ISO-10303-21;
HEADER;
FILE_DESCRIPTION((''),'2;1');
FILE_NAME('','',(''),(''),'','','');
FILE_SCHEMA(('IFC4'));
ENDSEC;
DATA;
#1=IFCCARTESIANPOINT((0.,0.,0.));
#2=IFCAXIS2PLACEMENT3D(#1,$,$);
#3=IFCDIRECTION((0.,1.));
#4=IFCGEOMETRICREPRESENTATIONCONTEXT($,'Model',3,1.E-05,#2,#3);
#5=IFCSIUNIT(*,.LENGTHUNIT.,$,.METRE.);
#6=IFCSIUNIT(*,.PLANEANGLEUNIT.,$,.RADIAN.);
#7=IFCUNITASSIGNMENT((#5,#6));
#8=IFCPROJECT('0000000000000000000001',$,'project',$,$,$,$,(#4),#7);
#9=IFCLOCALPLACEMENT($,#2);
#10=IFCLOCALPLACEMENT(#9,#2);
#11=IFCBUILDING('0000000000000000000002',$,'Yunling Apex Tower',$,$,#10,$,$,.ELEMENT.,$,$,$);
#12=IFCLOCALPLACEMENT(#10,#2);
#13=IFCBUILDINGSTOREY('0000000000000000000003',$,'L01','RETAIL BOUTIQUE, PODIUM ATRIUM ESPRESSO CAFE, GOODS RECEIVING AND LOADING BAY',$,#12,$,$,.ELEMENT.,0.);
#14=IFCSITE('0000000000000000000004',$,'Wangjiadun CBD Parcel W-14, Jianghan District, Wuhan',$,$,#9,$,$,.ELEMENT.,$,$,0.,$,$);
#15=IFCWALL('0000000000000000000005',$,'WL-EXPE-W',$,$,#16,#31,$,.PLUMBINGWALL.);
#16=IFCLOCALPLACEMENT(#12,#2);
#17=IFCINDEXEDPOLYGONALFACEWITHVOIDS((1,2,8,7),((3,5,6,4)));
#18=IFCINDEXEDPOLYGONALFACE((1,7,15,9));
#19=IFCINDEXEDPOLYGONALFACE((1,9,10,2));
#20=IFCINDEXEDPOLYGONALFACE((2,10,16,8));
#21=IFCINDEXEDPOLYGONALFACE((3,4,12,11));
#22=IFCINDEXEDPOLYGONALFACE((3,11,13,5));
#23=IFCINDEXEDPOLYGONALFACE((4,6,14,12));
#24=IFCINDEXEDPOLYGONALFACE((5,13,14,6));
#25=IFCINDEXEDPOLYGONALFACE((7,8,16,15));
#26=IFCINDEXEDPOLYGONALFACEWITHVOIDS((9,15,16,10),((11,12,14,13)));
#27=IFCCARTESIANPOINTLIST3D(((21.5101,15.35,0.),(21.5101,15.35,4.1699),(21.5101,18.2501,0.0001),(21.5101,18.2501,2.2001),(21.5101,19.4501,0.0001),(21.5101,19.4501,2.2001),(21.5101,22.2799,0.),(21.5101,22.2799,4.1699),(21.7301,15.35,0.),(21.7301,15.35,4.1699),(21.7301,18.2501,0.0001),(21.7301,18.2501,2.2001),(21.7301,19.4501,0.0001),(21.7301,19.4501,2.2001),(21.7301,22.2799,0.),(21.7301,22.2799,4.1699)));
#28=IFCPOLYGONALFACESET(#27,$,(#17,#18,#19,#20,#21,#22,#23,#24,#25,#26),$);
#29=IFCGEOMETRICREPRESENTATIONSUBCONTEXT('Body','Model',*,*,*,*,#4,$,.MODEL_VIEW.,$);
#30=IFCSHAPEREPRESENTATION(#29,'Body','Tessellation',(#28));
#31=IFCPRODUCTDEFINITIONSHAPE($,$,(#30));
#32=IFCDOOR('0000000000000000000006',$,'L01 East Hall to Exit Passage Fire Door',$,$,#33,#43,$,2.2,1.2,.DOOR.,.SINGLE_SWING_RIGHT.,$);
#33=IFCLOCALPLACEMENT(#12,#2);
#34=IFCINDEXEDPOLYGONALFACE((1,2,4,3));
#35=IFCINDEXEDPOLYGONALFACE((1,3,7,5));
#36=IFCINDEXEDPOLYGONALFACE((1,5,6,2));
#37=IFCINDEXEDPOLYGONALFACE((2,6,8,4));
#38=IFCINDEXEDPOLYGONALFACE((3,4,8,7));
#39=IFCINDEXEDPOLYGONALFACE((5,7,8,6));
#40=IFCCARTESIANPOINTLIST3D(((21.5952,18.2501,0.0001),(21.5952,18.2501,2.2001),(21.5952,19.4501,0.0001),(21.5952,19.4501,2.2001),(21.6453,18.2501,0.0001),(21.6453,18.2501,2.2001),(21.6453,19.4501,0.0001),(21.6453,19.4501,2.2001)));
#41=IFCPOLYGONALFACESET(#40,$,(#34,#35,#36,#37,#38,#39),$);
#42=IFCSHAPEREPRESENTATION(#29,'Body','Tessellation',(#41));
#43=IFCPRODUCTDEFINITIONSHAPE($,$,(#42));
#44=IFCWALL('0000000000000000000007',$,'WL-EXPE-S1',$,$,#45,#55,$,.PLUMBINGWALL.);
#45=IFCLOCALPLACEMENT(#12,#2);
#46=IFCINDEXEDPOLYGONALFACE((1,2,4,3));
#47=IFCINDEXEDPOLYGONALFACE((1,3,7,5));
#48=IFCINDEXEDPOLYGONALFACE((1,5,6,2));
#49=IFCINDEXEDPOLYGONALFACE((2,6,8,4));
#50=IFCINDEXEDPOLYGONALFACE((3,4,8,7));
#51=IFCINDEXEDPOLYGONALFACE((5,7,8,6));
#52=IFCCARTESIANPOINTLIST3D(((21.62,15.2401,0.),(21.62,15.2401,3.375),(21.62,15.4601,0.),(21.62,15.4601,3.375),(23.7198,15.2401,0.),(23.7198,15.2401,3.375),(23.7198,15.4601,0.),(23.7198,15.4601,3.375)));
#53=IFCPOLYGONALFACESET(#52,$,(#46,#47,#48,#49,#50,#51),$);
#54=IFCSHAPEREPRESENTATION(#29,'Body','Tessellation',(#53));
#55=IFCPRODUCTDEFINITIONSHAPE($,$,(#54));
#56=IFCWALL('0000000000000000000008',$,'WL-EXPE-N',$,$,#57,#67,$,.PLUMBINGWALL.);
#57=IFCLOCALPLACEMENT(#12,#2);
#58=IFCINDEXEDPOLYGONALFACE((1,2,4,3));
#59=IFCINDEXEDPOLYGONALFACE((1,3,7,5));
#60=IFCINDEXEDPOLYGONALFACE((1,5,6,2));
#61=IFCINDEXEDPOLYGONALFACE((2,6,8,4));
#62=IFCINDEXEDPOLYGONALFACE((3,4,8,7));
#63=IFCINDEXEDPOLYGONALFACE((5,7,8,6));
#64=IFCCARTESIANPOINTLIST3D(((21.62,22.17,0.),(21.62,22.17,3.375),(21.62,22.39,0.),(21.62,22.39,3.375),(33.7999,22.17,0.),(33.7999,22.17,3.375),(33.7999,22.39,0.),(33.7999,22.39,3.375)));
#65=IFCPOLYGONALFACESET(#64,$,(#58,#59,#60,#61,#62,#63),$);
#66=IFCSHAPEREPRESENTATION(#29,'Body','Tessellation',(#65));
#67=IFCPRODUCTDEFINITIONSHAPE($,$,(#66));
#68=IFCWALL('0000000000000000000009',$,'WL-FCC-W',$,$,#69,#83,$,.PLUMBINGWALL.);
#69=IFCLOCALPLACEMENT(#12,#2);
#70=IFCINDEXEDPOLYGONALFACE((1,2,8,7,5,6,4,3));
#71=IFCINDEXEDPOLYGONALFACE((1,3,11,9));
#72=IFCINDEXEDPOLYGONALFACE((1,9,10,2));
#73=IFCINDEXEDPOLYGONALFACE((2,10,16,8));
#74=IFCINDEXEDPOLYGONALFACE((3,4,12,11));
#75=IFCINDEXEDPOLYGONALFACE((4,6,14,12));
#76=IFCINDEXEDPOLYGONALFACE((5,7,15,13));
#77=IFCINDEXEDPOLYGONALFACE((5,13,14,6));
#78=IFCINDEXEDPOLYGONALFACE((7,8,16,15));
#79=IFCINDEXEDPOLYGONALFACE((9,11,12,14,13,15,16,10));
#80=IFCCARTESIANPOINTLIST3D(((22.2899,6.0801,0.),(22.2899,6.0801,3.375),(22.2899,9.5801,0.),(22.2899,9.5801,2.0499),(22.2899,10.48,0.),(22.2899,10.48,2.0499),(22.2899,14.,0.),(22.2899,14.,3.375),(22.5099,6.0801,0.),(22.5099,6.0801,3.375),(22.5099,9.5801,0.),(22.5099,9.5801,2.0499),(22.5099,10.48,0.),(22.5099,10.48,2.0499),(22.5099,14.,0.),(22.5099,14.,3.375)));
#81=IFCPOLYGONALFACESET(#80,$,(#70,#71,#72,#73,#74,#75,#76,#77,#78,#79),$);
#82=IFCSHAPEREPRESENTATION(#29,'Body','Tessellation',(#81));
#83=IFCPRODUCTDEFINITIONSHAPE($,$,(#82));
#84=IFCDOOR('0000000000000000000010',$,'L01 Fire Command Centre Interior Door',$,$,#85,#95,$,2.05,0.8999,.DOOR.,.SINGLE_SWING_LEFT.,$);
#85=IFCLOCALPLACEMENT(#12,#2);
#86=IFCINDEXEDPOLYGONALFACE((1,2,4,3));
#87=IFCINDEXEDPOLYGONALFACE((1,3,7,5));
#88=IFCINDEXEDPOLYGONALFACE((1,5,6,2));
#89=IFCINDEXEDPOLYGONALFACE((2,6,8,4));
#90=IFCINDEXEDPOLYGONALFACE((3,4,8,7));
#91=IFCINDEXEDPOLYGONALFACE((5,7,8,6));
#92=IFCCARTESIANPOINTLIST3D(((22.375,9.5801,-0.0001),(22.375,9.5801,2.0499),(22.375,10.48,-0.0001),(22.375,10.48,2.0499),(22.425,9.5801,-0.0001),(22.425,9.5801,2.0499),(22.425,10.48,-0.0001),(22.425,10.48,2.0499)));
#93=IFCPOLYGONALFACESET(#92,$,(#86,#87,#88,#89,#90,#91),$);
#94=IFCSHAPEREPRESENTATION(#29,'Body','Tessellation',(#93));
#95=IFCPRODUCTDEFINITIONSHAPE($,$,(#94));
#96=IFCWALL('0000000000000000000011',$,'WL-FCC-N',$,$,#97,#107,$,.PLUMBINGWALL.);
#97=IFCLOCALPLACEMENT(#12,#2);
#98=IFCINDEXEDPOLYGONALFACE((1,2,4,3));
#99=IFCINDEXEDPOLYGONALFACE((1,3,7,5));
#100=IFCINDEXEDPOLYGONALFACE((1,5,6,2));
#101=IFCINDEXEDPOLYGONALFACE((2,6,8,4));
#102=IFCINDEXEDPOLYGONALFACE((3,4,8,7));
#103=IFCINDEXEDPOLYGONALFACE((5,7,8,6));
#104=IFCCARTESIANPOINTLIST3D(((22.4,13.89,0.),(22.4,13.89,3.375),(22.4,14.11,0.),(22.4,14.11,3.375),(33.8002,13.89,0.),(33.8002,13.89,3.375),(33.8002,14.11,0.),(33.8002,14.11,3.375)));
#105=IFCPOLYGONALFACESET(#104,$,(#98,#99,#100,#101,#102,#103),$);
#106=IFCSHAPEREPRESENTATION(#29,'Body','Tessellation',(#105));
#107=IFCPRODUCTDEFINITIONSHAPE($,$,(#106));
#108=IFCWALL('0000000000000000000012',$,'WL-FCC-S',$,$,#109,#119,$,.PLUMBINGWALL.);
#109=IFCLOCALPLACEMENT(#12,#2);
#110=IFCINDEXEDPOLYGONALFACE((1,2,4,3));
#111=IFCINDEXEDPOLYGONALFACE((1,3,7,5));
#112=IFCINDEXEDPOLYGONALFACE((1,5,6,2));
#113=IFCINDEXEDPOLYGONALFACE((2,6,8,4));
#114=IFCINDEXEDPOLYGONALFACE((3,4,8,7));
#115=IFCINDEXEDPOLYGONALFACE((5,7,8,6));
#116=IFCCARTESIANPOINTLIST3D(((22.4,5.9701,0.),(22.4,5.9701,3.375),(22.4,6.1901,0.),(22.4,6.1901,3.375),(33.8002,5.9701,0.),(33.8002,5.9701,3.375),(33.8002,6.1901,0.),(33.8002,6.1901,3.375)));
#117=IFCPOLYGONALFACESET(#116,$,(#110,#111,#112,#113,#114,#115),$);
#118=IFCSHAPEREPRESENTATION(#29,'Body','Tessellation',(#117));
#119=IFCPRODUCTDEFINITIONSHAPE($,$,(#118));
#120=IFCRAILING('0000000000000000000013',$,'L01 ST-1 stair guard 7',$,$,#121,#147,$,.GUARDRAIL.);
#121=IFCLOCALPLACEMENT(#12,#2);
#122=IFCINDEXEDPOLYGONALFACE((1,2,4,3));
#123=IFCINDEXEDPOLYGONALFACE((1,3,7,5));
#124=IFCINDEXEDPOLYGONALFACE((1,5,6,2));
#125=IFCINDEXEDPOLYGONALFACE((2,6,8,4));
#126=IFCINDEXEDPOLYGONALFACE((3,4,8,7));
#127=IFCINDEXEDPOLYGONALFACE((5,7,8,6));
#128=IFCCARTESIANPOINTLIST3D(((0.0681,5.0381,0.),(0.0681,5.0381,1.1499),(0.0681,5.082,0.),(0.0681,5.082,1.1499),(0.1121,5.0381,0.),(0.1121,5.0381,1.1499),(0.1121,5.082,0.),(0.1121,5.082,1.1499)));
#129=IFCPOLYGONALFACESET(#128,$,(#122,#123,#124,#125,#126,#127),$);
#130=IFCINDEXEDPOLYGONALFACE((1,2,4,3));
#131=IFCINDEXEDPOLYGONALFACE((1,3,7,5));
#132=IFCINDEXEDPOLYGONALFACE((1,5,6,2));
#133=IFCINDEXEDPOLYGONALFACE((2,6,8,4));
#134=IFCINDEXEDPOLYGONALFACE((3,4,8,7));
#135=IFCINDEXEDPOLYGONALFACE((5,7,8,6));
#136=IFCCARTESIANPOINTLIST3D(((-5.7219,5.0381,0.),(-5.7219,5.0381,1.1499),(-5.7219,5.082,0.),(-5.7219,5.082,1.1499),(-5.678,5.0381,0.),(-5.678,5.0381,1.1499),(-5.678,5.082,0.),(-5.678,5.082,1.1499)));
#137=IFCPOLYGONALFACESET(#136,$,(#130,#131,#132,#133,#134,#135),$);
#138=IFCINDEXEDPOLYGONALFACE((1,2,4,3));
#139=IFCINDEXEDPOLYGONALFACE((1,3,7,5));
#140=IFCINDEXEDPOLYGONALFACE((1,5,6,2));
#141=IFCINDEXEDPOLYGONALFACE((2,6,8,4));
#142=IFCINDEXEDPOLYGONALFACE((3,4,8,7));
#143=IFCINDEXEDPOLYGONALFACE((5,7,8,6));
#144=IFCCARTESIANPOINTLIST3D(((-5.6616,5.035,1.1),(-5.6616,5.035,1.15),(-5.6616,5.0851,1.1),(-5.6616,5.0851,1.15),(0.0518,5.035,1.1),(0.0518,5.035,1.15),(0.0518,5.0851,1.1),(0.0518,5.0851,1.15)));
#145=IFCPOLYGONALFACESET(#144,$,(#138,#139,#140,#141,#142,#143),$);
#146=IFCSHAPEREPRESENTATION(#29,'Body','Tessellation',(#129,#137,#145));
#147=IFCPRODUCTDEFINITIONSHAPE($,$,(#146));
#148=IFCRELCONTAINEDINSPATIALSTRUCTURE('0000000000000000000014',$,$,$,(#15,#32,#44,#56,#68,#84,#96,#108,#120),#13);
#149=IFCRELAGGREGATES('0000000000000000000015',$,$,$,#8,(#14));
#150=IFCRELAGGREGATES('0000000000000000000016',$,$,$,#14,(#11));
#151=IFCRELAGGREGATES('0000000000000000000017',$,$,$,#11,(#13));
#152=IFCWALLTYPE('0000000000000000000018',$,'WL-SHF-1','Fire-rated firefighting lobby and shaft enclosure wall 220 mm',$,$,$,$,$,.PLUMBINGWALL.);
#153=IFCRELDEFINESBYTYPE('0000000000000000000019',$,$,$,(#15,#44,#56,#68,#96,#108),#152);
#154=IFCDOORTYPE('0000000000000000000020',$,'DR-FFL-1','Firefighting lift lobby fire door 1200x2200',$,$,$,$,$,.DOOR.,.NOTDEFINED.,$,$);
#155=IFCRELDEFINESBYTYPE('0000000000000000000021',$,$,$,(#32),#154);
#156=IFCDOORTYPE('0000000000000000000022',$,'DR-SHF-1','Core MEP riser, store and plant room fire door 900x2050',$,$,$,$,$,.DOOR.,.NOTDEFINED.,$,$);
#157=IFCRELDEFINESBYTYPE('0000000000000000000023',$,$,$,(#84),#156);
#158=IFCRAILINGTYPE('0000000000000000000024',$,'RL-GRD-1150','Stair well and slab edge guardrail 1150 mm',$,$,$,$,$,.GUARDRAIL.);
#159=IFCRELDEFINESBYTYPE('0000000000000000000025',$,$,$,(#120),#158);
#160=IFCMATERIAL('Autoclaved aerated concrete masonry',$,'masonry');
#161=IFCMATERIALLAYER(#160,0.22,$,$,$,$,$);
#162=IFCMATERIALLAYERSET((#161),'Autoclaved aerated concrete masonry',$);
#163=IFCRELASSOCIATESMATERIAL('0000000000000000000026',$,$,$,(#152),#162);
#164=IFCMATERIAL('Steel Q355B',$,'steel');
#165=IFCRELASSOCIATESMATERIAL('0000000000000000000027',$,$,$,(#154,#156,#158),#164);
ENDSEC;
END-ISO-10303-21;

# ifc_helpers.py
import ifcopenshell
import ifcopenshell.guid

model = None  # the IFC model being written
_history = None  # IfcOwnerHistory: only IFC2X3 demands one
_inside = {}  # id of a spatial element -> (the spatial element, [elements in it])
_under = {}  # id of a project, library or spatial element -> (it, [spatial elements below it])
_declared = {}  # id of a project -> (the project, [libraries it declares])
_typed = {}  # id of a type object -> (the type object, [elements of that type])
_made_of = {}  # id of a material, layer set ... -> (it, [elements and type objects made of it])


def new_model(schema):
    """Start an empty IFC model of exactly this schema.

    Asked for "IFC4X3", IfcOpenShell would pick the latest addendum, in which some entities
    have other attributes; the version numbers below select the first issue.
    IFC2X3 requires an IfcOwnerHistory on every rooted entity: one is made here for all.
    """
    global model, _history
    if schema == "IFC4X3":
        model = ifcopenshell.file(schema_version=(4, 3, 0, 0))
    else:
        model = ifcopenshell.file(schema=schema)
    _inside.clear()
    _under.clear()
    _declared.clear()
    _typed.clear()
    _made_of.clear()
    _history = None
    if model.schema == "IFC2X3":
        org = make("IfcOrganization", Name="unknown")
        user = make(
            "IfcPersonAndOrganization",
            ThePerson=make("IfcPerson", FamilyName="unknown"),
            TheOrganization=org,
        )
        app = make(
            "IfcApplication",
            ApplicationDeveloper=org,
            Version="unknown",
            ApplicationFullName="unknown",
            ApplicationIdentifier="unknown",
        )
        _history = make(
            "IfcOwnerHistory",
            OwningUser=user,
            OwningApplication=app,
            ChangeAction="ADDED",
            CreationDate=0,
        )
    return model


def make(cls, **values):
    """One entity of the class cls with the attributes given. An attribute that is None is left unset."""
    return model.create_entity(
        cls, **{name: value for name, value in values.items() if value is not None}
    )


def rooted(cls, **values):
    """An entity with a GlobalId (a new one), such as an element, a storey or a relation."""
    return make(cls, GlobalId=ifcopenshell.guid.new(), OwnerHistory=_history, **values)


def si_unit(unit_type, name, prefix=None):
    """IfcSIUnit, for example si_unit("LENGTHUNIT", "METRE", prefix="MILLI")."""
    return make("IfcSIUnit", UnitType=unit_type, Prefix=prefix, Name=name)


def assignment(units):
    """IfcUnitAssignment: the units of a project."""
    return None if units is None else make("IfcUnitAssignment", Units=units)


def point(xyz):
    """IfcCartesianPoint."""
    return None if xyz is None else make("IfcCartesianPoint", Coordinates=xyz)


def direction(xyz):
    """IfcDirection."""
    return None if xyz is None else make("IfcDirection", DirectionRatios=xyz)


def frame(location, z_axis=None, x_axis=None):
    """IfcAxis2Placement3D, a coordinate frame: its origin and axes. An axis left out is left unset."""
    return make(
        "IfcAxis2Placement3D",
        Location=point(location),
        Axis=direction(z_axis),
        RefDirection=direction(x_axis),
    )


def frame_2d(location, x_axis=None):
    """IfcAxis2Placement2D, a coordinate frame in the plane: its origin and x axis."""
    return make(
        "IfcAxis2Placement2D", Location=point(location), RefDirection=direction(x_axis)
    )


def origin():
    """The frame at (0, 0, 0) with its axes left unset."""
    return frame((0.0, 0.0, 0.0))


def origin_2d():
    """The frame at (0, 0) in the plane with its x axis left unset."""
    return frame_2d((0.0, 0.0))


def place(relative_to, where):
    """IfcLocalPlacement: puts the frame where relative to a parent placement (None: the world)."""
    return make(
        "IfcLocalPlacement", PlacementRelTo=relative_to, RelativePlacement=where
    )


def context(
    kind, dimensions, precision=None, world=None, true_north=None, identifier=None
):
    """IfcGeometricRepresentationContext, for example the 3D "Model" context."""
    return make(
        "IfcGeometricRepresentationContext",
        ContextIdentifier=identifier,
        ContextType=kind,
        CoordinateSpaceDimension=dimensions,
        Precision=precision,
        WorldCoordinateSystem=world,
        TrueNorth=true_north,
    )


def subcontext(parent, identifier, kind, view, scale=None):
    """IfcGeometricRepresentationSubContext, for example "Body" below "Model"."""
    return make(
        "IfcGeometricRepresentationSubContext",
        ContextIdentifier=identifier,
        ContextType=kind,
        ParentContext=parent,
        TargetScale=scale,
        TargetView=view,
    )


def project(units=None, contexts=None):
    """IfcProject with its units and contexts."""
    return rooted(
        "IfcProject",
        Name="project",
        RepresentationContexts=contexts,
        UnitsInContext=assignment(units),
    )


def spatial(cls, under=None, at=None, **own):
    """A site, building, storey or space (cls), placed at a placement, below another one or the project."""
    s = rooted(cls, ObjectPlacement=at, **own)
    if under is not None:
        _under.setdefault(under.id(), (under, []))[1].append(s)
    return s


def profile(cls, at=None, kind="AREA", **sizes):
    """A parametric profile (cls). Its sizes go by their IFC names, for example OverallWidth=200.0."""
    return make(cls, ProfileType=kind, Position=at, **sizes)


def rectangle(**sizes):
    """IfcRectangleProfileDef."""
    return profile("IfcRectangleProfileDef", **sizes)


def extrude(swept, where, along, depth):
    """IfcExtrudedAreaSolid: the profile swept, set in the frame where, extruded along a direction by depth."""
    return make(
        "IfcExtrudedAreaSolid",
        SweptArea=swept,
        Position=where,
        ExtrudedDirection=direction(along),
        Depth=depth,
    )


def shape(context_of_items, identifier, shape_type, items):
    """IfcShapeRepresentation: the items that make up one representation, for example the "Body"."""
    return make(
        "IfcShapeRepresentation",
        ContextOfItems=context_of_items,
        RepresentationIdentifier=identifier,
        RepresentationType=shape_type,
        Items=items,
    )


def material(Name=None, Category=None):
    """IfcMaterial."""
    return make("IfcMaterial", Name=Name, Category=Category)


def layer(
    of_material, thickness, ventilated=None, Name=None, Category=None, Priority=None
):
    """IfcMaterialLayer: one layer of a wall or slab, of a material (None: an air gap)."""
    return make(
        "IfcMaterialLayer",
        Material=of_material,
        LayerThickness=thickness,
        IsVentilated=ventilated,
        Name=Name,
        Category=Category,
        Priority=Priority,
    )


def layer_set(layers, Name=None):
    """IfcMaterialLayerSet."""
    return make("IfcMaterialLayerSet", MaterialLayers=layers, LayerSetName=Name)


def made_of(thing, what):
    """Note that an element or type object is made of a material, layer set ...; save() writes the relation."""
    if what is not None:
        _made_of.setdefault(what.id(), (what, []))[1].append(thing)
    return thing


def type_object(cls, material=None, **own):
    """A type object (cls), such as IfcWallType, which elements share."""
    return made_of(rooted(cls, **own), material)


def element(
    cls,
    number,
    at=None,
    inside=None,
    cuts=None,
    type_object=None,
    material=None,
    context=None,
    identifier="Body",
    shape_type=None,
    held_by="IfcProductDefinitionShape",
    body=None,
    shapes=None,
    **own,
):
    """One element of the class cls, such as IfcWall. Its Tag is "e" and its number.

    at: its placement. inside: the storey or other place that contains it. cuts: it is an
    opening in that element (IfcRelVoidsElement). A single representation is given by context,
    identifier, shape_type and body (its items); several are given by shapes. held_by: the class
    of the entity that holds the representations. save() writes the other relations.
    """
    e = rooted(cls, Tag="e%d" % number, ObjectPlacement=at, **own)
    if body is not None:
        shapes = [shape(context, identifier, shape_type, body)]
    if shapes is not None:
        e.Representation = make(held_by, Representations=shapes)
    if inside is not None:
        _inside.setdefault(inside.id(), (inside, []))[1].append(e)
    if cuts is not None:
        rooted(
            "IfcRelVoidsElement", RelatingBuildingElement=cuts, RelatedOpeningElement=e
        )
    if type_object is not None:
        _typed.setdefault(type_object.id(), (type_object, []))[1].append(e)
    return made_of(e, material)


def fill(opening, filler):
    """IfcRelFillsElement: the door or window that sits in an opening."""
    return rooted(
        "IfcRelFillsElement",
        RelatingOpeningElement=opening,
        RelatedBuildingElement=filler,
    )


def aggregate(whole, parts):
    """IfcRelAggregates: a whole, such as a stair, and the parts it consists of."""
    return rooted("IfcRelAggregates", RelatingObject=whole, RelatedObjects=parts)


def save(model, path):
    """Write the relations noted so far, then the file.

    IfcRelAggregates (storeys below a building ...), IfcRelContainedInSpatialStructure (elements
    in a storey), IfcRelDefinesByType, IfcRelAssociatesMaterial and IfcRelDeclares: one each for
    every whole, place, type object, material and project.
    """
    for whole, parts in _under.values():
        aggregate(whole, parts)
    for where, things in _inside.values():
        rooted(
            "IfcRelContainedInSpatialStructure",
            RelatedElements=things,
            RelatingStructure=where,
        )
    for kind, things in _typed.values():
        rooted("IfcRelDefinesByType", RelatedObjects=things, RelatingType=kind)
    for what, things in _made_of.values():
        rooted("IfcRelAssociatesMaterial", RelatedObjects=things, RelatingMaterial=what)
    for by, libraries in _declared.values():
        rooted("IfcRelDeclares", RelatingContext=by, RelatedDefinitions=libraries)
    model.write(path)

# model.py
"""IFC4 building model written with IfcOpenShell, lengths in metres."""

from ifc_helpers import new_model, si_unit, direction, frame, frame_2d, origin, origin_2d, place, context, subcontext, project, spatial, rectangle, extrude, material, layer, layer_set, type_object, element, fill, save


model = new_model("IFC4")

# Units and contexts
model_context = context("Model", 3, precision=1e-05, world=origin(), true_north=direction((0.0, 1.0)))
body_context = subcontext(model_context, "Body", "Model", "MODEL_VIEW")
ifc_project = project(units=[si_unit("LENGTHUNIT", "METRE"), si_unit("PLANEANGLEUNIT", "RADIAN")], contexts=[model_context])

# Site, building, storey
site_placement = place(None, origin())
site = spatial("IfcSite", under=ifc_project, at=site_placement, Name="Wangjiadun CBD Parcel W-14, Jianghan District, Wuhan", CompositionType="ELEMENT", RefElevation=0.0)
building_placement = place(site_placement, origin())
building = spatial("IfcBuilding", under=site, at=building_placement, Name="Yunling Apex Tower", CompositionType="ELEMENT")
storey_placement = place(building_placement, origin())
storey = spatial("IfcBuildingStorey", under=building, at=storey_placement, Name="L01", Description="RETAIL BOUTIQUE, PODIUM ATRIUM ESPRESSO CAFE, GOODS RECEIVING AND LOADING BAY", CompositionType="ELEMENT", Elevation=0.0)

# Shared definitions
ifc_material_1 = material(Name="Steel Q355B", Category="steel")

# Shared definitions
ifc_material_2 = material(Name="Autoclaved aerated concrete masonry", Category="masonry")
ifc_layer_1 = layer(ifc_material_2, 0.22)
ifc_layer_set_1 = layer_set([ifc_layer_1], Name="Autoclaved aerated concrete masonry")
wall_type = type_object("IfcWallType", Name="WL-SHF-1", Description="Fire-rated firefighting lobby and shaft enclosure wall 220 mm", PredefinedType="PLUMBINGWALL", material=ifc_layer_set_1)

# Wall, opening, door
door_type_1 = type_object("IfcDoorType", Name="DR-FFL-1", Description="Firefighting lift lobby fire door 1200x2200", OperationType="NOTDEFINED", PredefinedType="DOOR", material=ifc_material_1)
wall_1_placement = place(storey_placement, frame((21.6201, 15.3501, 0.0), z_axis=(0.0, 0.0, 1.0), x_axis=(0.0, 1.0, 0.0)))
wall_1 = element("IfcWall", 1, at=wall_1_placement, inside=storey, type_object=wall_type, Name="WL-EXPE-W", PredefinedType="PLUMBINGWALL", context=body_context, shape_type="SweptSolid", body=[
    extrude(rectangle(XDim=6.9299, YDim=0.22, at=frame_2d((3.4648, 0.0))), origin(), (0.0, 0.0, 1.0), 4.1699),
])
opening_1_placement = place(wall_1_placement, frame((2.8999, 0.0, 0.0)))
opening_1 = element("IfcOpeningElement", 2, at=opening_1_placement, cuts=wall_1, PredefinedType="OPENING", context=body_context, shape_type="SweptSolid", body=[
    extrude(rectangle(XDim=1.2, YDim=2.2, at=frame_2d((0.6001, 1.1001))), frame((0.0, 0.1201, 0.0), z_axis=(0.0, -1.0, 0.0), x_axis=(1.0, 0.0, 0.0)), (0.0, 0.0, 1.0), 0.24),
])
door_1_placement = place(opening_1_placement, origin())
door_1 = element("IfcDoor", 3, at=door_1_placement, inside=storey, type_object=door_type_1, Name="L01 East Hall to Exit Passage Fire Door", OperationType="SINGLE_SWING_RIGHT", OverallHeight=2.2, OverallWidth=1.2, PredefinedType="DOOR", context=body_context, shape_type="SweptSolid", body=[
    extrude(rectangle(XDim=1.2, YDim=2.2, at=frame_2d((0.6001, 1.1001))), frame((0.0, 0.0249, 0.0), z_axis=(0.0, -1.0, 0.0), x_axis=(1.0, 0.0, 0.0)), (0.0, 0.0, 1.0), 0.05),
])
fill(opening_1, door_1)

# Walls
wall_2_placement = place(storey_placement, frame((21.6201, 15.3501, 0.0), z_axis=(0.0, 0.0, 1.0), x_axis=(1.0, 0.0, 0.0)))
element("IfcWall", 4, at=wall_2_placement, inside=storey, type_object=wall_type, Name="WL-EXPE-S1", PredefinedType="PLUMBINGWALL", context=body_context, shape_type="SweptSolid", body=[
    extrude(rectangle(XDim=2.0999, YDim=0.22, at=frame_2d((1.0498, 0.0))), origin(), (0.0, 0.0, 1.0), 3.375),
])
wall_3_placement = place(storey_placement, frame((21.6201, 22.28, 0.0), z_axis=(0.0, 0.0, 1.0), x_axis=(1.0, 0.0, 0.0)))
element("IfcWall", 5, at=wall_3_placement, inside=storey, type_object=wall_type, Name="WL-EXPE-N", PredefinedType="PLUMBINGWALL", context=body_context, shape_type="SweptSolid", body=[
    extrude(rectangle(XDim=12.1799, YDim=0.22, at=frame_2d((6.0898, 0.0))), origin(), (0.0, 0.0, 1.0), 3.375),
])

# Wall, opening, door
wall_4_placement = place(storey_placement, frame((22.3999, 6.0801, 0.0), z_axis=(0.0, 0.0, 1.0), x_axis=(0.0, 1.0, 0.0)))
wall_4 = element("IfcWall", 6, at=wall_4_placement, inside=storey, type_object=wall_type, Name="WL-FCC-W", PredefinedType="PLUMBINGWALL", context=body_context, shape_type="SweptSolid", body=[
    extrude(rectangle(XDim=7.9199, YDim=0.22, at=frame_2d((3.96, 0.0))), origin(), (0.0, 0.0, 1.0), 3.375),
])
opening_2_placement = place(wall_4_placement, frame((3.5, 0.0, 0.0)))
opening_2 = element("IfcOpeningElement", 7, at=opening_2_placement, cuts=wall_4, PredefinedType="OPENING", context=body_context, shape_type="SweptSolid", body=[
    extrude(rectangle(XDim=0.8999, YDim=2.05, at=frame_2d((0.45, 1.0249))), frame((0.0, 0.1201, 0.0), z_axis=(0.0, -1.0, 0.0), x_axis=(1.0, 0.0, 0.0)), (0.0, 0.0, 1.0), 0.24),
])
door_type_2 = type_object("IfcDoorType", Name="DR-SHF-1", Description="Core MEP riser, store and plant room fire door 900x2050", OperationType="NOTDEFINED", PredefinedType="DOOR", material=ifc_material_1)
door_2_placement = place(opening_2_placement, origin())
door_2 = element("IfcDoor", 8, at=door_2_placement, inside=storey, type_object=door_type_2, Name="L01 Fire Command Centre Interior Door", OperationType="SINGLE_SWING_LEFT", OverallHeight=2.05, OverallWidth=0.8999, PredefinedType="DOOR", context=body_context, shape_type="SweptSolid", body=[
    extrude(rectangle(XDim=0.8999, YDim=2.05, at=frame_2d((0.45, 1.0249))), frame((0.0, 0.0249, 0.0), z_axis=(0.0, -1.0, 0.0), x_axis=(1.0, 0.0, 0.0)), (0.0, 0.0, 1.0), 0.05),
])
fill(opening_2, door_2)

# Walls
for number, where, z_axis, x_axis, name in (
    (9, (22.3999, 14.0, 0.0), (0.0, 0.0, 1.0), (1.0, 0.0, 0.0), "WL-FCC-N"),
    (10, (22.3999, 6.0801, 0.0), (0.0, 0.0, 1.0), (1.0, 0.0, 0.0), "WL-FCC-S"),
):
    element("IfcWall", number, at=place(storey_placement, frame(where, z_axis=z_axis, x_axis=x_axis)), inside=storey, type_object=wall_type, Name=name, PredefinedType="PLUMBINGWALL", context=body_context, shape_type="SweptSolid", body=[
        extrude(rectangle(XDim=11.4001, YDim=0.22, at=frame_2d((5.7002, 0.0))), origin(), (0.0, 0.0, 1.0), 3.375),
    ])

# Railing
railing_type = type_object("IfcRailingType", Name="RL-GRD-1150", Description="Stair well and slab edge guardrail 1150 mm", PredefinedType="GUARDRAIL", material=ifc_material_1)
railing_placement = place(storey_placement, frame((0.0901, 5.0601, 0.0)))
element("IfcRailing", 11, at=railing_placement, inside=storey, type_object=railing_type, Name="L01 ST-1 stair guard 7", PredefinedType="GUARDRAIL", context=body_context, shape_type="SweptSolid", body=[
    extrude(rectangle(XDim=0.0439, YDim=0.0439, at=origin_2d()), origin(), (0.0, 0.0, 1.0), 1.1499),
    extrude(rectangle(XDim=0.0439, YDim=0.0439, at=origin_2d()), frame((-5.79, 0.0, 0.0)), (0.0, 0.0, 1.0), 1.1499),
    extrude(rectangle(XDim=0.05, YDim=0.05, at=origin_2d()), frame((-0.0383, 0.0, 1.125), z_axis=(-1.0, 0.0, 0.0), x_axis=(0.0, -1.0, 0.0)), (0.0, 0.0, 1.0), 5.7134),
])

save(model, "model.ifc")
